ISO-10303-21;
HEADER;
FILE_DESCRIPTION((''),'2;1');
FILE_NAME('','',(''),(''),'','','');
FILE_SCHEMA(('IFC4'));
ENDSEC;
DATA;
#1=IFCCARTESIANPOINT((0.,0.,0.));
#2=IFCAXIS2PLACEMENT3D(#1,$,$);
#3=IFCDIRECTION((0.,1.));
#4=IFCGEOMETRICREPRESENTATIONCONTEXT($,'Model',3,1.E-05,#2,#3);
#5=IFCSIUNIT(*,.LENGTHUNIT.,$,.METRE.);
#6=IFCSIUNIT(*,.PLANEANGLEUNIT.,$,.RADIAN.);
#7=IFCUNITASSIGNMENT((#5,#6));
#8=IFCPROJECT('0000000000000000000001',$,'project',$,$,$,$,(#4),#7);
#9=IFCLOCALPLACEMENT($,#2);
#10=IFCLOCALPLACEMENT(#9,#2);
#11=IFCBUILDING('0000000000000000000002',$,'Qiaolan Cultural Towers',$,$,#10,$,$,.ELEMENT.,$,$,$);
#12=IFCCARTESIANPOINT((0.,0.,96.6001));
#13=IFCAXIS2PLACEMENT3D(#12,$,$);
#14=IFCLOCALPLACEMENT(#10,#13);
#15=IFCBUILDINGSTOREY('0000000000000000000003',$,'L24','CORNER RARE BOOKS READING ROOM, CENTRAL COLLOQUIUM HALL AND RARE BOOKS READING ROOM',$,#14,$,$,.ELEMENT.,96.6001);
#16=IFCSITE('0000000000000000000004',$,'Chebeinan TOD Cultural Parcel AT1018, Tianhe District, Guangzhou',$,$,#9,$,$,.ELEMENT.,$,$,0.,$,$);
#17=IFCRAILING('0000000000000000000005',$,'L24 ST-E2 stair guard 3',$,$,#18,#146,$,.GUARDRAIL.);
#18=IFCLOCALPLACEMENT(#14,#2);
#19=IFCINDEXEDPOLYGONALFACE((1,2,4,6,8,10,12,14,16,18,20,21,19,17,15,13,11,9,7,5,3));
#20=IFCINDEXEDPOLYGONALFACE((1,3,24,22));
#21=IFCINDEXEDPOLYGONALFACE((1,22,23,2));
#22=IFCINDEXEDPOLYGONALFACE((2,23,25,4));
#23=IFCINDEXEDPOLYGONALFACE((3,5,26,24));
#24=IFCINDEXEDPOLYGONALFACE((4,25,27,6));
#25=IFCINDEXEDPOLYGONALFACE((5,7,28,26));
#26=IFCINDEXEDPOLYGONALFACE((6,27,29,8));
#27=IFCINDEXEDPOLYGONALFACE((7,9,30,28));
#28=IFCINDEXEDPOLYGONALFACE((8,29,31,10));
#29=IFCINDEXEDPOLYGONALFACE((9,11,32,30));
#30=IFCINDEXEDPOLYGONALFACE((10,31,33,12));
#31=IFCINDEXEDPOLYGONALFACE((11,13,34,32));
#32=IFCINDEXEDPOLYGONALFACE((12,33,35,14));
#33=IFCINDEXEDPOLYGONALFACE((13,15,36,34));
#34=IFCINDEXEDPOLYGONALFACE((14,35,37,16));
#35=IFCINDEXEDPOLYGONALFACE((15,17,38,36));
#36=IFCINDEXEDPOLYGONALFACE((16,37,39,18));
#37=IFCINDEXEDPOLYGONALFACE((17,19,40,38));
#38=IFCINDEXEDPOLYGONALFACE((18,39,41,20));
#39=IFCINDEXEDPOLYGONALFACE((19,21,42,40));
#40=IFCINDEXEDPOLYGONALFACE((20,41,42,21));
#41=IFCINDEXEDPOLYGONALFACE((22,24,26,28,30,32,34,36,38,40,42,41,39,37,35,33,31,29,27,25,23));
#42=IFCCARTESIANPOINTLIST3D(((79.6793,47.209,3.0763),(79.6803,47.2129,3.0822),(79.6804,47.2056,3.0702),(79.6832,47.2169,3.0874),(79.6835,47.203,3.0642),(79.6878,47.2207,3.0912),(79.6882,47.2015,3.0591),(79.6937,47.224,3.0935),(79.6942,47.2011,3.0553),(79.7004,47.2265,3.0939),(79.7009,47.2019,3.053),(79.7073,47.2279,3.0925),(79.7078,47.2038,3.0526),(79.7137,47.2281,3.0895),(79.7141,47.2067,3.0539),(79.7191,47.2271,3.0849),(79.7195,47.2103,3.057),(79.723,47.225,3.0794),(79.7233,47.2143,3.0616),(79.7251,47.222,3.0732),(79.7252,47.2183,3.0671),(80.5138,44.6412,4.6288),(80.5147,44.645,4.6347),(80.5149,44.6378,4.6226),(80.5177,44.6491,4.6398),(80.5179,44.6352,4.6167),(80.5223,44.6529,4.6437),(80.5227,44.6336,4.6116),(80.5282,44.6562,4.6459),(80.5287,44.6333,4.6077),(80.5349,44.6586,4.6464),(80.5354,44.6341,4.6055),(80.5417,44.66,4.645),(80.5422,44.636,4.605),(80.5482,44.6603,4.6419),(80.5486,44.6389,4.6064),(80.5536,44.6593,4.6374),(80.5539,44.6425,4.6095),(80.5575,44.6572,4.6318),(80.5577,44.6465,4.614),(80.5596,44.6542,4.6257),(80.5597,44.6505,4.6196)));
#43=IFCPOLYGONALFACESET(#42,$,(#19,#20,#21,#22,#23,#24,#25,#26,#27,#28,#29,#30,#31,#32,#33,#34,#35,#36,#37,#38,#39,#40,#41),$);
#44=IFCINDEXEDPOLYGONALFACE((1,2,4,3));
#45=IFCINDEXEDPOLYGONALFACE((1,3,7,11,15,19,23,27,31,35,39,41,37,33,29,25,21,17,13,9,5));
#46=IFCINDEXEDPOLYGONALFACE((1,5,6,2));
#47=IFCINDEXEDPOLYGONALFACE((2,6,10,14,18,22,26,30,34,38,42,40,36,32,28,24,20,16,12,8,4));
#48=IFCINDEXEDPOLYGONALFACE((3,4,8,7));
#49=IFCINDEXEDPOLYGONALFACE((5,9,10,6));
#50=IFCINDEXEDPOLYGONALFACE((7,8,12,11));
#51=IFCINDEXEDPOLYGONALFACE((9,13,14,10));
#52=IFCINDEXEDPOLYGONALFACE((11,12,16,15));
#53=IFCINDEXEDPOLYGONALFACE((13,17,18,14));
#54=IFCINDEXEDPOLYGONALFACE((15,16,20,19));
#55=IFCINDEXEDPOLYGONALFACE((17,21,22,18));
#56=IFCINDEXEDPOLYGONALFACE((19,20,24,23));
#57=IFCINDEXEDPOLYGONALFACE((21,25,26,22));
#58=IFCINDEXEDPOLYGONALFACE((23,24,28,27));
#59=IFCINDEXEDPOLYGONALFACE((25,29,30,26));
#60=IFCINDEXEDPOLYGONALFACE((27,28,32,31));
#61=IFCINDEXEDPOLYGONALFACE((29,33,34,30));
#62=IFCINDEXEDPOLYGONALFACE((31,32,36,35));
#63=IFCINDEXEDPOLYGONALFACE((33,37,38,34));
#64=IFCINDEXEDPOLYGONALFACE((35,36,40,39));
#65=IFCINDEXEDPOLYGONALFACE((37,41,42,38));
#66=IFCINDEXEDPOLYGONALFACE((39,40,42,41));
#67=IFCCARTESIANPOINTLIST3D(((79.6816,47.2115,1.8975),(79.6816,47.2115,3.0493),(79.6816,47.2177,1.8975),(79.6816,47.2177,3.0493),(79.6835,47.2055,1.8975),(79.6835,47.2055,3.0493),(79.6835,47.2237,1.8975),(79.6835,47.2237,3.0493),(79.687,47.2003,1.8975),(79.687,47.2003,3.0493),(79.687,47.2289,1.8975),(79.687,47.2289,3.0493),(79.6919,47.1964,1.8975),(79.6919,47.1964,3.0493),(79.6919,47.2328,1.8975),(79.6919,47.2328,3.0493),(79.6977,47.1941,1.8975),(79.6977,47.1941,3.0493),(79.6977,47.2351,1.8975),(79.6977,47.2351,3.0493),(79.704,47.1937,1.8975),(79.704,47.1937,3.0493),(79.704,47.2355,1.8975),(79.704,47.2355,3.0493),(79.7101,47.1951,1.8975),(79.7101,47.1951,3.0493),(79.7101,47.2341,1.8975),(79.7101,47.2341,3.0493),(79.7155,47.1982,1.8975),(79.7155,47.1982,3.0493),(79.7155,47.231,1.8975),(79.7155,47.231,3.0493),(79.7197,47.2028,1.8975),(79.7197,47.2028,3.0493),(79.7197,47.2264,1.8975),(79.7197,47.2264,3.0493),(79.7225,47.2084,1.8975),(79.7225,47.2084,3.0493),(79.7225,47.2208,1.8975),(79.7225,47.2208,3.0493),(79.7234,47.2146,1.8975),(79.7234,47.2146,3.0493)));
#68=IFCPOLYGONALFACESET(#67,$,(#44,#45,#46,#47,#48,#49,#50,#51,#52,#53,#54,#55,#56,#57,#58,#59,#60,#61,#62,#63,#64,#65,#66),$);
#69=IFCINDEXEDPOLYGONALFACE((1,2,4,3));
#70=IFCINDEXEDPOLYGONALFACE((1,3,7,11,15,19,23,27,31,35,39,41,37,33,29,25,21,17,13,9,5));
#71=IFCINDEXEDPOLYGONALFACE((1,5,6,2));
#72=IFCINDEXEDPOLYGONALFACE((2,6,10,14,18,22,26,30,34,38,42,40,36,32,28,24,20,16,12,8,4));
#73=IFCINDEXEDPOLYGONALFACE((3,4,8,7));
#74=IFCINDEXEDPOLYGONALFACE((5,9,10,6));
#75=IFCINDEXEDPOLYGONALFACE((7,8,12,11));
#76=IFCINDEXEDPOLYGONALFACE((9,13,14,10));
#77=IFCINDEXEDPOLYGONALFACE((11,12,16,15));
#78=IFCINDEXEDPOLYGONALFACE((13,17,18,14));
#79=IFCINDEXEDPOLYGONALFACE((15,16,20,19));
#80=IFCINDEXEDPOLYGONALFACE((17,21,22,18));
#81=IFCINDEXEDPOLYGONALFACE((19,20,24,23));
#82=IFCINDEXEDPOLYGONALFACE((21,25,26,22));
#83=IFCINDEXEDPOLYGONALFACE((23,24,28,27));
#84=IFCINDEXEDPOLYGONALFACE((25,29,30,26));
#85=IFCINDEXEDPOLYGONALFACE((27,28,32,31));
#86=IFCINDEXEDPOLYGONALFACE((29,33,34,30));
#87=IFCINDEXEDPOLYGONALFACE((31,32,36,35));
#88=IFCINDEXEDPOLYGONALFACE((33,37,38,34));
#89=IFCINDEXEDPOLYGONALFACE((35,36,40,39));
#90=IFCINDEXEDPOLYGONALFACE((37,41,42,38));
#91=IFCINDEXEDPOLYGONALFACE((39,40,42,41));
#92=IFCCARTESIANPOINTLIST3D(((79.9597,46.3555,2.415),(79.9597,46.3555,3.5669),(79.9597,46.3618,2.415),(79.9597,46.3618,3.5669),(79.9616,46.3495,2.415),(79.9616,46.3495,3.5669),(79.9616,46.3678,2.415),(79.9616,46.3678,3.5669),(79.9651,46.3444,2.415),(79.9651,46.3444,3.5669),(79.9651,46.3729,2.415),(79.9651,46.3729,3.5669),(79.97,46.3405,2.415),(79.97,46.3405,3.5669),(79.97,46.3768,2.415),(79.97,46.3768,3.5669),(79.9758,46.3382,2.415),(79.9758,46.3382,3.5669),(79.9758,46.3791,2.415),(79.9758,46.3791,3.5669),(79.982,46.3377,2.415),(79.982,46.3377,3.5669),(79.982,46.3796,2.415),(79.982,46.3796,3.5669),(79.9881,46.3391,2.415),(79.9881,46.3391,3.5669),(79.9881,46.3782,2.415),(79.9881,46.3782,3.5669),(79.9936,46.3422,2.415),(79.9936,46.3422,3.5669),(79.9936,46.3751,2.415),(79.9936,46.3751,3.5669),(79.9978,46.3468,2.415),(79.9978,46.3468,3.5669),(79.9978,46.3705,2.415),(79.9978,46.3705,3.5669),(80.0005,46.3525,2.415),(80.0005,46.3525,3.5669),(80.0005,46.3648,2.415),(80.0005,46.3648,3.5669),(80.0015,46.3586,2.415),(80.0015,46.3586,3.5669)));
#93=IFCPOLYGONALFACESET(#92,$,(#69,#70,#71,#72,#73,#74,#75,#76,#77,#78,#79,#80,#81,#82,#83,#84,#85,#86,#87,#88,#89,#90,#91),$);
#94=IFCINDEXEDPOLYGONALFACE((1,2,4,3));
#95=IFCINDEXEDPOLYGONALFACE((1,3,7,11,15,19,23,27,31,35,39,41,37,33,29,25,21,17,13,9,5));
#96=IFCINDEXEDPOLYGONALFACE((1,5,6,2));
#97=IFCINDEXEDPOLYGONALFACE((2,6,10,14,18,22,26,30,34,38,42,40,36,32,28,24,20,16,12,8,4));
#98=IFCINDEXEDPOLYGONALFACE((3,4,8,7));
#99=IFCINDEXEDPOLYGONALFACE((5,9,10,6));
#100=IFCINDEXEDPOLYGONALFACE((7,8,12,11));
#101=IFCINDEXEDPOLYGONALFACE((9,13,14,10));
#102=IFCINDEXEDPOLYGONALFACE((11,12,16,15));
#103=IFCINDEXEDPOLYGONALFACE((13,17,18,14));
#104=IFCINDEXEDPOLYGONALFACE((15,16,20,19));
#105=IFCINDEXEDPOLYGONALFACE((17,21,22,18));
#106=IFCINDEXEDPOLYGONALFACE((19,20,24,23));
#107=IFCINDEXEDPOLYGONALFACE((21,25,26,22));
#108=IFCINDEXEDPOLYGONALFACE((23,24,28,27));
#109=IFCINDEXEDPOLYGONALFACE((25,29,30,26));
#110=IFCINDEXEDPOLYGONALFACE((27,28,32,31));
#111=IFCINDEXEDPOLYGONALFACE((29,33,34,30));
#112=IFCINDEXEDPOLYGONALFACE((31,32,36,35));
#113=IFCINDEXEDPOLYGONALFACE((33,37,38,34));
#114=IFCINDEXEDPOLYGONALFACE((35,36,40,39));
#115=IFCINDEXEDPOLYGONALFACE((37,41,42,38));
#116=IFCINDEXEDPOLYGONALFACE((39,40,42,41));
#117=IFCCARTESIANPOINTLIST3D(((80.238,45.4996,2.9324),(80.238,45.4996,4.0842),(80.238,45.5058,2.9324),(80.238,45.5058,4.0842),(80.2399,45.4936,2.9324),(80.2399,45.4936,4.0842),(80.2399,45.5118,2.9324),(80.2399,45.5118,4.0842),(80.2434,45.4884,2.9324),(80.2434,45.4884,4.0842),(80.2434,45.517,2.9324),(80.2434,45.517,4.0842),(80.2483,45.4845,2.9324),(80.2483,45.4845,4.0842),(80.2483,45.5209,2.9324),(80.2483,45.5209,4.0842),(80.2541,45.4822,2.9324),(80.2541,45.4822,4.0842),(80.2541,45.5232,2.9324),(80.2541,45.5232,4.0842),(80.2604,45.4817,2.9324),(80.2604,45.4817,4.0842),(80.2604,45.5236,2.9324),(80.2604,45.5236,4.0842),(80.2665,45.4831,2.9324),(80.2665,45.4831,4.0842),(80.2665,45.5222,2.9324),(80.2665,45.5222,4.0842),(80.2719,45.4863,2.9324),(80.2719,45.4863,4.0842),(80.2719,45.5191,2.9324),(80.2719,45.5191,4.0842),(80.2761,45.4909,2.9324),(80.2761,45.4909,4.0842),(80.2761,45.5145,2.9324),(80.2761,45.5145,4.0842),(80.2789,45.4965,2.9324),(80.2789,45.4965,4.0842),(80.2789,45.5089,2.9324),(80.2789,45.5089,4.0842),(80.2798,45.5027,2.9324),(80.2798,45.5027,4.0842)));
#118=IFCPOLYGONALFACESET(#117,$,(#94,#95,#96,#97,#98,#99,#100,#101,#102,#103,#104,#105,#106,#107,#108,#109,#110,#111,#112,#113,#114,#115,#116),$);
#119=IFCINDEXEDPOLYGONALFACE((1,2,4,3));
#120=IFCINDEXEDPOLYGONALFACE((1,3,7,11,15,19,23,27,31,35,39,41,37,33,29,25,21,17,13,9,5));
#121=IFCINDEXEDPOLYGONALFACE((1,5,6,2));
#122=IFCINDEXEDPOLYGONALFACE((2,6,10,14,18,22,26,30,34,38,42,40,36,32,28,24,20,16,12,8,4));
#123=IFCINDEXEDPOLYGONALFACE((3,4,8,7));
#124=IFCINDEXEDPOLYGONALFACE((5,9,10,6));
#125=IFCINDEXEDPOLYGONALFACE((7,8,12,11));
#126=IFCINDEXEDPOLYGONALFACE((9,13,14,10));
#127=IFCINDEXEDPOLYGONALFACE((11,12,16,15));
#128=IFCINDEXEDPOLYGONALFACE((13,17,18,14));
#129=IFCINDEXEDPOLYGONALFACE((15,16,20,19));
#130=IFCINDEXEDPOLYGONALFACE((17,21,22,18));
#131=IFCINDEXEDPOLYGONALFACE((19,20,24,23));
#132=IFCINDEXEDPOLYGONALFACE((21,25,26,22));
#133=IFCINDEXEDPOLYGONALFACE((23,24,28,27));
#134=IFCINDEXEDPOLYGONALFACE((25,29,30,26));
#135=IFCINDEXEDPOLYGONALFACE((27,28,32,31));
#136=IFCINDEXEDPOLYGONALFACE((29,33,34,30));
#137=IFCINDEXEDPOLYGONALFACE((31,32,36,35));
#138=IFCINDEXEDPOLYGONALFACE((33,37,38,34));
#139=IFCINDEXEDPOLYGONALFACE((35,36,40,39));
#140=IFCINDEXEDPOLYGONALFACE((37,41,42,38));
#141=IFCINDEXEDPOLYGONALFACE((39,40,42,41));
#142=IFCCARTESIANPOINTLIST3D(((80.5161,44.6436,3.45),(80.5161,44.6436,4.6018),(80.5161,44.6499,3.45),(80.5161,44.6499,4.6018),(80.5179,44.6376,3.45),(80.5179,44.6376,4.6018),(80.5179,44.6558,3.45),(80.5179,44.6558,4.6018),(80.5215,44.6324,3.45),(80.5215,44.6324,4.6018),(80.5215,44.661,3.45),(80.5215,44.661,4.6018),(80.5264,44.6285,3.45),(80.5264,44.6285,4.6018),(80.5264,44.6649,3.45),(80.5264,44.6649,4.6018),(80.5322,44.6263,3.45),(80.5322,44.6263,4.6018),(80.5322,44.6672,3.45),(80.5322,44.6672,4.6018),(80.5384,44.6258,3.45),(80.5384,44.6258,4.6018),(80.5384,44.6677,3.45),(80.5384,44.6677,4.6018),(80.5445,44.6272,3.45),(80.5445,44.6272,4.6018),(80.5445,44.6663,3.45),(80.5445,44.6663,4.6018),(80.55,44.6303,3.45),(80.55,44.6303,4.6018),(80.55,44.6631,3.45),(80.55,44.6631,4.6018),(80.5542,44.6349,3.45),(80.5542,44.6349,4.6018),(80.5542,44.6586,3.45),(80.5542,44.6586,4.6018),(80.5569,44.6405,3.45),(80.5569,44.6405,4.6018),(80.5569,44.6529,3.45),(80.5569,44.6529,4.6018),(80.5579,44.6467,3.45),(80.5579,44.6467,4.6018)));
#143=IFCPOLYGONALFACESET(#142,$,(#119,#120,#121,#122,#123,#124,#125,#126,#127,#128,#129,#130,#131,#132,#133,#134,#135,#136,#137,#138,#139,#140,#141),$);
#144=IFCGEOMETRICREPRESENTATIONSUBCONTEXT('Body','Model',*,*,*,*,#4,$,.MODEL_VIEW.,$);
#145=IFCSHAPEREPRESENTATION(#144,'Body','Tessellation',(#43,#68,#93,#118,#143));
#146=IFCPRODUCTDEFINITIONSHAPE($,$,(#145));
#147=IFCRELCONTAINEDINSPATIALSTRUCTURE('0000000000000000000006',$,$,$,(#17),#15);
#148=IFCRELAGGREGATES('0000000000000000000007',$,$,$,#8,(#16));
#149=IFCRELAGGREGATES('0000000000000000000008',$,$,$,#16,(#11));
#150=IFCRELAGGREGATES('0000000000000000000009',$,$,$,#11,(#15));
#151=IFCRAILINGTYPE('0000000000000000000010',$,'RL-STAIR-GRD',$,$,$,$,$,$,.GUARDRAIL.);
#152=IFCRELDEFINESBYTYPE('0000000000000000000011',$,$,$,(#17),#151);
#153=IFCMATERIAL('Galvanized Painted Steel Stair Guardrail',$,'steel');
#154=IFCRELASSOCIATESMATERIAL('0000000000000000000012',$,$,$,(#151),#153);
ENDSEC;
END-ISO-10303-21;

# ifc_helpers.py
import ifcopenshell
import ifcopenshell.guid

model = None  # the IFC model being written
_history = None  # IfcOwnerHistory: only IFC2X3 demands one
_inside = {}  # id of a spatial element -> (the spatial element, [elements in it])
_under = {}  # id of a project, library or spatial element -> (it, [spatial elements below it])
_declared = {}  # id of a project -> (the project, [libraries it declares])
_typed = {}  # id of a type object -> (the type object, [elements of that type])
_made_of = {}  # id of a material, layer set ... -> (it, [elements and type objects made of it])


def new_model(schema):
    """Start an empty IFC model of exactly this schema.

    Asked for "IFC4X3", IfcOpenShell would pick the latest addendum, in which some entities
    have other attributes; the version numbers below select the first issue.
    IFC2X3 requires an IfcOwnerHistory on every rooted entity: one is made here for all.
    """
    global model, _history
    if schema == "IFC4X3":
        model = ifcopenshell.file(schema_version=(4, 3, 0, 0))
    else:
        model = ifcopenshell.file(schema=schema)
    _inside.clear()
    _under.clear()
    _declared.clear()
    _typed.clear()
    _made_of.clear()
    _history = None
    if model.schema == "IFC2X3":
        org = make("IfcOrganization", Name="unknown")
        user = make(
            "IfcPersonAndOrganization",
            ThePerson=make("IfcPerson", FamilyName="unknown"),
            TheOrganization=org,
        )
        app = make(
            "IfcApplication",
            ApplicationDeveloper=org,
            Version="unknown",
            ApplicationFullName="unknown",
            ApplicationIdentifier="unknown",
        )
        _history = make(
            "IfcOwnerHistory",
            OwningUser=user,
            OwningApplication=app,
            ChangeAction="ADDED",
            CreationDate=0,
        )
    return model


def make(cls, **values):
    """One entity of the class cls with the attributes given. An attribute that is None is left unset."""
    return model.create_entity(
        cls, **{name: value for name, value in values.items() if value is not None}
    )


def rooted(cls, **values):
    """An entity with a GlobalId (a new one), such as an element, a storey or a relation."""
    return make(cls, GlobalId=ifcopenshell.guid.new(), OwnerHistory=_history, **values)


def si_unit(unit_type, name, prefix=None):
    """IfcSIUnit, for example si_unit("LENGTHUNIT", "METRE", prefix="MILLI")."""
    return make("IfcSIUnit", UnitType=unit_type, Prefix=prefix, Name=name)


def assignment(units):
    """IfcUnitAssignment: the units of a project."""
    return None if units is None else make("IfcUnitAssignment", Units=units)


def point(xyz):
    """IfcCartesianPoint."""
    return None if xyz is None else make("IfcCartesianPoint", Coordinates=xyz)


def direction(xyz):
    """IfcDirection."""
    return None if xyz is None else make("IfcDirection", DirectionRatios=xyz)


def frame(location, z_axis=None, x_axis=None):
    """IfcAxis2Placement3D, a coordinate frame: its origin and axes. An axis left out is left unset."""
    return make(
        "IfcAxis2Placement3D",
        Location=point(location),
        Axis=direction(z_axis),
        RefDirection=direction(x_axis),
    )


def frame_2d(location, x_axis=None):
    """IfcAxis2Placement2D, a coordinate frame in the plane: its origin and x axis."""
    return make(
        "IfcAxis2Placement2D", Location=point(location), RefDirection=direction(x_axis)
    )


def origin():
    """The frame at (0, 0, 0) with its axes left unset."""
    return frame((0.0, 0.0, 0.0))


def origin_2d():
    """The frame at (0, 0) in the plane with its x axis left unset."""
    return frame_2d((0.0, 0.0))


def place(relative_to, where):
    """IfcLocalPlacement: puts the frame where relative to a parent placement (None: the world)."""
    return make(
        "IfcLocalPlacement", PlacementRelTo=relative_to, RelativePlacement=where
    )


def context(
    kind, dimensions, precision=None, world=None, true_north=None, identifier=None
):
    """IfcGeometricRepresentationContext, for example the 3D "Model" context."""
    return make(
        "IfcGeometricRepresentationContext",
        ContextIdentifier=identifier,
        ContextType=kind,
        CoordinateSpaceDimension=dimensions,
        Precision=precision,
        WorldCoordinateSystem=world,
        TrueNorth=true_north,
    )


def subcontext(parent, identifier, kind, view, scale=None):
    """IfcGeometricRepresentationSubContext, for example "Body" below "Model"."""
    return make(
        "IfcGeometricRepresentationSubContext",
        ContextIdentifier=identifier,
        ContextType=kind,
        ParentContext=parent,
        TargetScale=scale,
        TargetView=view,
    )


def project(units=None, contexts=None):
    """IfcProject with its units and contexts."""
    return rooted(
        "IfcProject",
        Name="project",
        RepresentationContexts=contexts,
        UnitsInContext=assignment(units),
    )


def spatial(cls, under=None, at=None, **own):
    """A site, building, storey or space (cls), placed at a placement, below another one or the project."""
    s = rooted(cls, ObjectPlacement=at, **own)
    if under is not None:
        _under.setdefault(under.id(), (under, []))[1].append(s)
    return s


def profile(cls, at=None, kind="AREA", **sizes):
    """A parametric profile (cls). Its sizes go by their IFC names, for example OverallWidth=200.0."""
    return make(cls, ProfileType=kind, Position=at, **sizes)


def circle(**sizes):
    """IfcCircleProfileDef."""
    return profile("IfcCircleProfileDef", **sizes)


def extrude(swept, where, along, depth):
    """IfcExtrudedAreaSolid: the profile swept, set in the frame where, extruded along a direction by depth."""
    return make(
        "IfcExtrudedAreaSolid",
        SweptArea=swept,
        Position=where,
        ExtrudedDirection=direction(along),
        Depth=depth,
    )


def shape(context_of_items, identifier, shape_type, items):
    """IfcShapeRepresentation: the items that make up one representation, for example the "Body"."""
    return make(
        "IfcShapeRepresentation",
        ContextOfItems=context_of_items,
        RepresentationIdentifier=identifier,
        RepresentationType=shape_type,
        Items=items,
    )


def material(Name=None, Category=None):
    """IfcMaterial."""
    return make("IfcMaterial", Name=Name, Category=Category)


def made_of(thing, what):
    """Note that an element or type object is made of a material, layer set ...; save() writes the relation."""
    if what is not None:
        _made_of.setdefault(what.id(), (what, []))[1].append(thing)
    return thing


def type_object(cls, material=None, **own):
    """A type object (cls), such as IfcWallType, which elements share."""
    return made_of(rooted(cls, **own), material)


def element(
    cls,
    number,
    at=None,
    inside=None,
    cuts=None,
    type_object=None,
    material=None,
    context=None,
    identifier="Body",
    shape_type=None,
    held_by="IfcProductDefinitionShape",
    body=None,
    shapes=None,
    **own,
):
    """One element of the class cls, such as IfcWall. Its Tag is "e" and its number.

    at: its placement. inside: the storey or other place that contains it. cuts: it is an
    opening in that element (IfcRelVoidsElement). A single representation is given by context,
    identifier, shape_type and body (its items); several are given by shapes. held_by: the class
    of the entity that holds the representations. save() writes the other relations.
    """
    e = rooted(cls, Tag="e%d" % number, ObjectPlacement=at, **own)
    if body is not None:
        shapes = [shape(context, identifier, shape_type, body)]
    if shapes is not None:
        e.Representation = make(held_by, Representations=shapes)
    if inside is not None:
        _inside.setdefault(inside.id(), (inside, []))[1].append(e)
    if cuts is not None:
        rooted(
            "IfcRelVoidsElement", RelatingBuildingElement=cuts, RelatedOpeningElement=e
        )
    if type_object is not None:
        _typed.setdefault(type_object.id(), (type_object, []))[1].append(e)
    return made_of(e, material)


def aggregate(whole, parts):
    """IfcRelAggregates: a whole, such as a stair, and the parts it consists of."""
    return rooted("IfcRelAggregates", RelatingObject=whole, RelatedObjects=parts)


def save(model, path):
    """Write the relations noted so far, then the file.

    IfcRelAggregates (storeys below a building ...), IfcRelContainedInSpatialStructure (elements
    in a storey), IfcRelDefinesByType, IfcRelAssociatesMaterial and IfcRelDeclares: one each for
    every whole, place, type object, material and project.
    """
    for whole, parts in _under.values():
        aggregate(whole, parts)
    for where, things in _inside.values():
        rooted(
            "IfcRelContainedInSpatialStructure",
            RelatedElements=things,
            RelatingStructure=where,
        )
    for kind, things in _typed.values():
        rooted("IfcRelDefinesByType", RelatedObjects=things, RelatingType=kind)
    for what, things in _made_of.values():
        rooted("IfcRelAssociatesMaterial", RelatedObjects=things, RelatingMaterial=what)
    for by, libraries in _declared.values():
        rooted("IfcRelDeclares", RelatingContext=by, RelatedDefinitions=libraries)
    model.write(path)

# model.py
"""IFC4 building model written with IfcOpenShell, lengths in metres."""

from ifc_helpers import new_model, si_unit, direction, frame, origin, origin_2d, place, context, subcontext, project, spatial, circle, extrude, material, type_object, element, save


model = new_model("IFC4")

# Units and contexts
model_context = context("Model", 3, precision=1e-05, world=origin(), true_north=direction((0.0, 1.0)))
body_context = subcontext(model_context, "Body", "Model", "MODEL_VIEW")
ifc_project = project(units=[si_unit("LENGTHUNIT", "METRE"), si_unit("PLANEANGLEUNIT", "RADIAN")], contexts=[model_context])

# Site, building, storey
site_placement = place(None, origin())
site = spatial("IfcSite", under=ifc_project, at=site_placement, Name="Chebeinan TOD Cultural Parcel AT1018, Tianhe District, Guangzhou", CompositionType="ELEMENT", RefElevation=0.0)
building_placement = place(site_placement, origin())
building = spatial("IfcBuilding", under=site, at=building_placement, Name="Qiaolan Cultural Towers", CompositionType="ELEMENT")
storey_placement = place(building_placement, frame((0.0, 0.0, 96.6001)))
storey = spatial("IfcBuildingStorey", under=building, at=storey_placement, Name="L24", Description="CORNER RARE BOOKS READING ROOM, CENTRAL COLLOQUIUM HALL AND RARE BOOKS READING ROOM", CompositionType="ELEMENT", Elevation=96.6001)

# Railing
ifc_material_1 = material(Name="Galvanized Painted Steel Stair Guardrail", Category="steel")
railing_type_1 = type_object("IfcRailingType", Name="RL-STAIR-GRD", PredefinedType="GUARDRAIL", material=ifc_material_1)
railing_1_placement = place(storey_placement, frame((79.7024, 47.2146, 1.8975)))
element("IfcRailing", 1, at=railing_1_placement, inside=storey, type_object=railing_type_1, Name="L24 ST-E2 stair guard 3", PredefinedType="GUARDRAIL", context=body_context, shape_type="SweptSolid", body=[
    extrude(circle(Radius=0.0239, at=origin_2d()), frame((0.0, 0.0, 1.1758), z_axis=(0.267926, -0.824471, 0.498461), x_axis=(0.951043, 0.309057, 0.0)), (0.0, 0.0, 1.0), 3.1145),
    extrude(circle(Radius=0.021, at=origin_2d()), origin(), (0.0, 0.0, 1.0), 1.1519),
    extrude(circle(Radius=0.021, at=origin_2d()), frame((0.2781, -0.856, 0.5176)), (0.0, 0.0, 1.0), 1.1519),
    extrude(circle(Radius=0.021, at=origin_2d()), frame((0.5564, -1.7119, 1.0349)), (0.0, 0.0, 1.0), 1.1519),
    extrude(circle(Radius=0.021, at=origin_2d()), frame((0.8345, -2.5679, 1.5525)), (0.0, 0.0, 1.0), 1.1519),
])

save(model, "model.ifc")
